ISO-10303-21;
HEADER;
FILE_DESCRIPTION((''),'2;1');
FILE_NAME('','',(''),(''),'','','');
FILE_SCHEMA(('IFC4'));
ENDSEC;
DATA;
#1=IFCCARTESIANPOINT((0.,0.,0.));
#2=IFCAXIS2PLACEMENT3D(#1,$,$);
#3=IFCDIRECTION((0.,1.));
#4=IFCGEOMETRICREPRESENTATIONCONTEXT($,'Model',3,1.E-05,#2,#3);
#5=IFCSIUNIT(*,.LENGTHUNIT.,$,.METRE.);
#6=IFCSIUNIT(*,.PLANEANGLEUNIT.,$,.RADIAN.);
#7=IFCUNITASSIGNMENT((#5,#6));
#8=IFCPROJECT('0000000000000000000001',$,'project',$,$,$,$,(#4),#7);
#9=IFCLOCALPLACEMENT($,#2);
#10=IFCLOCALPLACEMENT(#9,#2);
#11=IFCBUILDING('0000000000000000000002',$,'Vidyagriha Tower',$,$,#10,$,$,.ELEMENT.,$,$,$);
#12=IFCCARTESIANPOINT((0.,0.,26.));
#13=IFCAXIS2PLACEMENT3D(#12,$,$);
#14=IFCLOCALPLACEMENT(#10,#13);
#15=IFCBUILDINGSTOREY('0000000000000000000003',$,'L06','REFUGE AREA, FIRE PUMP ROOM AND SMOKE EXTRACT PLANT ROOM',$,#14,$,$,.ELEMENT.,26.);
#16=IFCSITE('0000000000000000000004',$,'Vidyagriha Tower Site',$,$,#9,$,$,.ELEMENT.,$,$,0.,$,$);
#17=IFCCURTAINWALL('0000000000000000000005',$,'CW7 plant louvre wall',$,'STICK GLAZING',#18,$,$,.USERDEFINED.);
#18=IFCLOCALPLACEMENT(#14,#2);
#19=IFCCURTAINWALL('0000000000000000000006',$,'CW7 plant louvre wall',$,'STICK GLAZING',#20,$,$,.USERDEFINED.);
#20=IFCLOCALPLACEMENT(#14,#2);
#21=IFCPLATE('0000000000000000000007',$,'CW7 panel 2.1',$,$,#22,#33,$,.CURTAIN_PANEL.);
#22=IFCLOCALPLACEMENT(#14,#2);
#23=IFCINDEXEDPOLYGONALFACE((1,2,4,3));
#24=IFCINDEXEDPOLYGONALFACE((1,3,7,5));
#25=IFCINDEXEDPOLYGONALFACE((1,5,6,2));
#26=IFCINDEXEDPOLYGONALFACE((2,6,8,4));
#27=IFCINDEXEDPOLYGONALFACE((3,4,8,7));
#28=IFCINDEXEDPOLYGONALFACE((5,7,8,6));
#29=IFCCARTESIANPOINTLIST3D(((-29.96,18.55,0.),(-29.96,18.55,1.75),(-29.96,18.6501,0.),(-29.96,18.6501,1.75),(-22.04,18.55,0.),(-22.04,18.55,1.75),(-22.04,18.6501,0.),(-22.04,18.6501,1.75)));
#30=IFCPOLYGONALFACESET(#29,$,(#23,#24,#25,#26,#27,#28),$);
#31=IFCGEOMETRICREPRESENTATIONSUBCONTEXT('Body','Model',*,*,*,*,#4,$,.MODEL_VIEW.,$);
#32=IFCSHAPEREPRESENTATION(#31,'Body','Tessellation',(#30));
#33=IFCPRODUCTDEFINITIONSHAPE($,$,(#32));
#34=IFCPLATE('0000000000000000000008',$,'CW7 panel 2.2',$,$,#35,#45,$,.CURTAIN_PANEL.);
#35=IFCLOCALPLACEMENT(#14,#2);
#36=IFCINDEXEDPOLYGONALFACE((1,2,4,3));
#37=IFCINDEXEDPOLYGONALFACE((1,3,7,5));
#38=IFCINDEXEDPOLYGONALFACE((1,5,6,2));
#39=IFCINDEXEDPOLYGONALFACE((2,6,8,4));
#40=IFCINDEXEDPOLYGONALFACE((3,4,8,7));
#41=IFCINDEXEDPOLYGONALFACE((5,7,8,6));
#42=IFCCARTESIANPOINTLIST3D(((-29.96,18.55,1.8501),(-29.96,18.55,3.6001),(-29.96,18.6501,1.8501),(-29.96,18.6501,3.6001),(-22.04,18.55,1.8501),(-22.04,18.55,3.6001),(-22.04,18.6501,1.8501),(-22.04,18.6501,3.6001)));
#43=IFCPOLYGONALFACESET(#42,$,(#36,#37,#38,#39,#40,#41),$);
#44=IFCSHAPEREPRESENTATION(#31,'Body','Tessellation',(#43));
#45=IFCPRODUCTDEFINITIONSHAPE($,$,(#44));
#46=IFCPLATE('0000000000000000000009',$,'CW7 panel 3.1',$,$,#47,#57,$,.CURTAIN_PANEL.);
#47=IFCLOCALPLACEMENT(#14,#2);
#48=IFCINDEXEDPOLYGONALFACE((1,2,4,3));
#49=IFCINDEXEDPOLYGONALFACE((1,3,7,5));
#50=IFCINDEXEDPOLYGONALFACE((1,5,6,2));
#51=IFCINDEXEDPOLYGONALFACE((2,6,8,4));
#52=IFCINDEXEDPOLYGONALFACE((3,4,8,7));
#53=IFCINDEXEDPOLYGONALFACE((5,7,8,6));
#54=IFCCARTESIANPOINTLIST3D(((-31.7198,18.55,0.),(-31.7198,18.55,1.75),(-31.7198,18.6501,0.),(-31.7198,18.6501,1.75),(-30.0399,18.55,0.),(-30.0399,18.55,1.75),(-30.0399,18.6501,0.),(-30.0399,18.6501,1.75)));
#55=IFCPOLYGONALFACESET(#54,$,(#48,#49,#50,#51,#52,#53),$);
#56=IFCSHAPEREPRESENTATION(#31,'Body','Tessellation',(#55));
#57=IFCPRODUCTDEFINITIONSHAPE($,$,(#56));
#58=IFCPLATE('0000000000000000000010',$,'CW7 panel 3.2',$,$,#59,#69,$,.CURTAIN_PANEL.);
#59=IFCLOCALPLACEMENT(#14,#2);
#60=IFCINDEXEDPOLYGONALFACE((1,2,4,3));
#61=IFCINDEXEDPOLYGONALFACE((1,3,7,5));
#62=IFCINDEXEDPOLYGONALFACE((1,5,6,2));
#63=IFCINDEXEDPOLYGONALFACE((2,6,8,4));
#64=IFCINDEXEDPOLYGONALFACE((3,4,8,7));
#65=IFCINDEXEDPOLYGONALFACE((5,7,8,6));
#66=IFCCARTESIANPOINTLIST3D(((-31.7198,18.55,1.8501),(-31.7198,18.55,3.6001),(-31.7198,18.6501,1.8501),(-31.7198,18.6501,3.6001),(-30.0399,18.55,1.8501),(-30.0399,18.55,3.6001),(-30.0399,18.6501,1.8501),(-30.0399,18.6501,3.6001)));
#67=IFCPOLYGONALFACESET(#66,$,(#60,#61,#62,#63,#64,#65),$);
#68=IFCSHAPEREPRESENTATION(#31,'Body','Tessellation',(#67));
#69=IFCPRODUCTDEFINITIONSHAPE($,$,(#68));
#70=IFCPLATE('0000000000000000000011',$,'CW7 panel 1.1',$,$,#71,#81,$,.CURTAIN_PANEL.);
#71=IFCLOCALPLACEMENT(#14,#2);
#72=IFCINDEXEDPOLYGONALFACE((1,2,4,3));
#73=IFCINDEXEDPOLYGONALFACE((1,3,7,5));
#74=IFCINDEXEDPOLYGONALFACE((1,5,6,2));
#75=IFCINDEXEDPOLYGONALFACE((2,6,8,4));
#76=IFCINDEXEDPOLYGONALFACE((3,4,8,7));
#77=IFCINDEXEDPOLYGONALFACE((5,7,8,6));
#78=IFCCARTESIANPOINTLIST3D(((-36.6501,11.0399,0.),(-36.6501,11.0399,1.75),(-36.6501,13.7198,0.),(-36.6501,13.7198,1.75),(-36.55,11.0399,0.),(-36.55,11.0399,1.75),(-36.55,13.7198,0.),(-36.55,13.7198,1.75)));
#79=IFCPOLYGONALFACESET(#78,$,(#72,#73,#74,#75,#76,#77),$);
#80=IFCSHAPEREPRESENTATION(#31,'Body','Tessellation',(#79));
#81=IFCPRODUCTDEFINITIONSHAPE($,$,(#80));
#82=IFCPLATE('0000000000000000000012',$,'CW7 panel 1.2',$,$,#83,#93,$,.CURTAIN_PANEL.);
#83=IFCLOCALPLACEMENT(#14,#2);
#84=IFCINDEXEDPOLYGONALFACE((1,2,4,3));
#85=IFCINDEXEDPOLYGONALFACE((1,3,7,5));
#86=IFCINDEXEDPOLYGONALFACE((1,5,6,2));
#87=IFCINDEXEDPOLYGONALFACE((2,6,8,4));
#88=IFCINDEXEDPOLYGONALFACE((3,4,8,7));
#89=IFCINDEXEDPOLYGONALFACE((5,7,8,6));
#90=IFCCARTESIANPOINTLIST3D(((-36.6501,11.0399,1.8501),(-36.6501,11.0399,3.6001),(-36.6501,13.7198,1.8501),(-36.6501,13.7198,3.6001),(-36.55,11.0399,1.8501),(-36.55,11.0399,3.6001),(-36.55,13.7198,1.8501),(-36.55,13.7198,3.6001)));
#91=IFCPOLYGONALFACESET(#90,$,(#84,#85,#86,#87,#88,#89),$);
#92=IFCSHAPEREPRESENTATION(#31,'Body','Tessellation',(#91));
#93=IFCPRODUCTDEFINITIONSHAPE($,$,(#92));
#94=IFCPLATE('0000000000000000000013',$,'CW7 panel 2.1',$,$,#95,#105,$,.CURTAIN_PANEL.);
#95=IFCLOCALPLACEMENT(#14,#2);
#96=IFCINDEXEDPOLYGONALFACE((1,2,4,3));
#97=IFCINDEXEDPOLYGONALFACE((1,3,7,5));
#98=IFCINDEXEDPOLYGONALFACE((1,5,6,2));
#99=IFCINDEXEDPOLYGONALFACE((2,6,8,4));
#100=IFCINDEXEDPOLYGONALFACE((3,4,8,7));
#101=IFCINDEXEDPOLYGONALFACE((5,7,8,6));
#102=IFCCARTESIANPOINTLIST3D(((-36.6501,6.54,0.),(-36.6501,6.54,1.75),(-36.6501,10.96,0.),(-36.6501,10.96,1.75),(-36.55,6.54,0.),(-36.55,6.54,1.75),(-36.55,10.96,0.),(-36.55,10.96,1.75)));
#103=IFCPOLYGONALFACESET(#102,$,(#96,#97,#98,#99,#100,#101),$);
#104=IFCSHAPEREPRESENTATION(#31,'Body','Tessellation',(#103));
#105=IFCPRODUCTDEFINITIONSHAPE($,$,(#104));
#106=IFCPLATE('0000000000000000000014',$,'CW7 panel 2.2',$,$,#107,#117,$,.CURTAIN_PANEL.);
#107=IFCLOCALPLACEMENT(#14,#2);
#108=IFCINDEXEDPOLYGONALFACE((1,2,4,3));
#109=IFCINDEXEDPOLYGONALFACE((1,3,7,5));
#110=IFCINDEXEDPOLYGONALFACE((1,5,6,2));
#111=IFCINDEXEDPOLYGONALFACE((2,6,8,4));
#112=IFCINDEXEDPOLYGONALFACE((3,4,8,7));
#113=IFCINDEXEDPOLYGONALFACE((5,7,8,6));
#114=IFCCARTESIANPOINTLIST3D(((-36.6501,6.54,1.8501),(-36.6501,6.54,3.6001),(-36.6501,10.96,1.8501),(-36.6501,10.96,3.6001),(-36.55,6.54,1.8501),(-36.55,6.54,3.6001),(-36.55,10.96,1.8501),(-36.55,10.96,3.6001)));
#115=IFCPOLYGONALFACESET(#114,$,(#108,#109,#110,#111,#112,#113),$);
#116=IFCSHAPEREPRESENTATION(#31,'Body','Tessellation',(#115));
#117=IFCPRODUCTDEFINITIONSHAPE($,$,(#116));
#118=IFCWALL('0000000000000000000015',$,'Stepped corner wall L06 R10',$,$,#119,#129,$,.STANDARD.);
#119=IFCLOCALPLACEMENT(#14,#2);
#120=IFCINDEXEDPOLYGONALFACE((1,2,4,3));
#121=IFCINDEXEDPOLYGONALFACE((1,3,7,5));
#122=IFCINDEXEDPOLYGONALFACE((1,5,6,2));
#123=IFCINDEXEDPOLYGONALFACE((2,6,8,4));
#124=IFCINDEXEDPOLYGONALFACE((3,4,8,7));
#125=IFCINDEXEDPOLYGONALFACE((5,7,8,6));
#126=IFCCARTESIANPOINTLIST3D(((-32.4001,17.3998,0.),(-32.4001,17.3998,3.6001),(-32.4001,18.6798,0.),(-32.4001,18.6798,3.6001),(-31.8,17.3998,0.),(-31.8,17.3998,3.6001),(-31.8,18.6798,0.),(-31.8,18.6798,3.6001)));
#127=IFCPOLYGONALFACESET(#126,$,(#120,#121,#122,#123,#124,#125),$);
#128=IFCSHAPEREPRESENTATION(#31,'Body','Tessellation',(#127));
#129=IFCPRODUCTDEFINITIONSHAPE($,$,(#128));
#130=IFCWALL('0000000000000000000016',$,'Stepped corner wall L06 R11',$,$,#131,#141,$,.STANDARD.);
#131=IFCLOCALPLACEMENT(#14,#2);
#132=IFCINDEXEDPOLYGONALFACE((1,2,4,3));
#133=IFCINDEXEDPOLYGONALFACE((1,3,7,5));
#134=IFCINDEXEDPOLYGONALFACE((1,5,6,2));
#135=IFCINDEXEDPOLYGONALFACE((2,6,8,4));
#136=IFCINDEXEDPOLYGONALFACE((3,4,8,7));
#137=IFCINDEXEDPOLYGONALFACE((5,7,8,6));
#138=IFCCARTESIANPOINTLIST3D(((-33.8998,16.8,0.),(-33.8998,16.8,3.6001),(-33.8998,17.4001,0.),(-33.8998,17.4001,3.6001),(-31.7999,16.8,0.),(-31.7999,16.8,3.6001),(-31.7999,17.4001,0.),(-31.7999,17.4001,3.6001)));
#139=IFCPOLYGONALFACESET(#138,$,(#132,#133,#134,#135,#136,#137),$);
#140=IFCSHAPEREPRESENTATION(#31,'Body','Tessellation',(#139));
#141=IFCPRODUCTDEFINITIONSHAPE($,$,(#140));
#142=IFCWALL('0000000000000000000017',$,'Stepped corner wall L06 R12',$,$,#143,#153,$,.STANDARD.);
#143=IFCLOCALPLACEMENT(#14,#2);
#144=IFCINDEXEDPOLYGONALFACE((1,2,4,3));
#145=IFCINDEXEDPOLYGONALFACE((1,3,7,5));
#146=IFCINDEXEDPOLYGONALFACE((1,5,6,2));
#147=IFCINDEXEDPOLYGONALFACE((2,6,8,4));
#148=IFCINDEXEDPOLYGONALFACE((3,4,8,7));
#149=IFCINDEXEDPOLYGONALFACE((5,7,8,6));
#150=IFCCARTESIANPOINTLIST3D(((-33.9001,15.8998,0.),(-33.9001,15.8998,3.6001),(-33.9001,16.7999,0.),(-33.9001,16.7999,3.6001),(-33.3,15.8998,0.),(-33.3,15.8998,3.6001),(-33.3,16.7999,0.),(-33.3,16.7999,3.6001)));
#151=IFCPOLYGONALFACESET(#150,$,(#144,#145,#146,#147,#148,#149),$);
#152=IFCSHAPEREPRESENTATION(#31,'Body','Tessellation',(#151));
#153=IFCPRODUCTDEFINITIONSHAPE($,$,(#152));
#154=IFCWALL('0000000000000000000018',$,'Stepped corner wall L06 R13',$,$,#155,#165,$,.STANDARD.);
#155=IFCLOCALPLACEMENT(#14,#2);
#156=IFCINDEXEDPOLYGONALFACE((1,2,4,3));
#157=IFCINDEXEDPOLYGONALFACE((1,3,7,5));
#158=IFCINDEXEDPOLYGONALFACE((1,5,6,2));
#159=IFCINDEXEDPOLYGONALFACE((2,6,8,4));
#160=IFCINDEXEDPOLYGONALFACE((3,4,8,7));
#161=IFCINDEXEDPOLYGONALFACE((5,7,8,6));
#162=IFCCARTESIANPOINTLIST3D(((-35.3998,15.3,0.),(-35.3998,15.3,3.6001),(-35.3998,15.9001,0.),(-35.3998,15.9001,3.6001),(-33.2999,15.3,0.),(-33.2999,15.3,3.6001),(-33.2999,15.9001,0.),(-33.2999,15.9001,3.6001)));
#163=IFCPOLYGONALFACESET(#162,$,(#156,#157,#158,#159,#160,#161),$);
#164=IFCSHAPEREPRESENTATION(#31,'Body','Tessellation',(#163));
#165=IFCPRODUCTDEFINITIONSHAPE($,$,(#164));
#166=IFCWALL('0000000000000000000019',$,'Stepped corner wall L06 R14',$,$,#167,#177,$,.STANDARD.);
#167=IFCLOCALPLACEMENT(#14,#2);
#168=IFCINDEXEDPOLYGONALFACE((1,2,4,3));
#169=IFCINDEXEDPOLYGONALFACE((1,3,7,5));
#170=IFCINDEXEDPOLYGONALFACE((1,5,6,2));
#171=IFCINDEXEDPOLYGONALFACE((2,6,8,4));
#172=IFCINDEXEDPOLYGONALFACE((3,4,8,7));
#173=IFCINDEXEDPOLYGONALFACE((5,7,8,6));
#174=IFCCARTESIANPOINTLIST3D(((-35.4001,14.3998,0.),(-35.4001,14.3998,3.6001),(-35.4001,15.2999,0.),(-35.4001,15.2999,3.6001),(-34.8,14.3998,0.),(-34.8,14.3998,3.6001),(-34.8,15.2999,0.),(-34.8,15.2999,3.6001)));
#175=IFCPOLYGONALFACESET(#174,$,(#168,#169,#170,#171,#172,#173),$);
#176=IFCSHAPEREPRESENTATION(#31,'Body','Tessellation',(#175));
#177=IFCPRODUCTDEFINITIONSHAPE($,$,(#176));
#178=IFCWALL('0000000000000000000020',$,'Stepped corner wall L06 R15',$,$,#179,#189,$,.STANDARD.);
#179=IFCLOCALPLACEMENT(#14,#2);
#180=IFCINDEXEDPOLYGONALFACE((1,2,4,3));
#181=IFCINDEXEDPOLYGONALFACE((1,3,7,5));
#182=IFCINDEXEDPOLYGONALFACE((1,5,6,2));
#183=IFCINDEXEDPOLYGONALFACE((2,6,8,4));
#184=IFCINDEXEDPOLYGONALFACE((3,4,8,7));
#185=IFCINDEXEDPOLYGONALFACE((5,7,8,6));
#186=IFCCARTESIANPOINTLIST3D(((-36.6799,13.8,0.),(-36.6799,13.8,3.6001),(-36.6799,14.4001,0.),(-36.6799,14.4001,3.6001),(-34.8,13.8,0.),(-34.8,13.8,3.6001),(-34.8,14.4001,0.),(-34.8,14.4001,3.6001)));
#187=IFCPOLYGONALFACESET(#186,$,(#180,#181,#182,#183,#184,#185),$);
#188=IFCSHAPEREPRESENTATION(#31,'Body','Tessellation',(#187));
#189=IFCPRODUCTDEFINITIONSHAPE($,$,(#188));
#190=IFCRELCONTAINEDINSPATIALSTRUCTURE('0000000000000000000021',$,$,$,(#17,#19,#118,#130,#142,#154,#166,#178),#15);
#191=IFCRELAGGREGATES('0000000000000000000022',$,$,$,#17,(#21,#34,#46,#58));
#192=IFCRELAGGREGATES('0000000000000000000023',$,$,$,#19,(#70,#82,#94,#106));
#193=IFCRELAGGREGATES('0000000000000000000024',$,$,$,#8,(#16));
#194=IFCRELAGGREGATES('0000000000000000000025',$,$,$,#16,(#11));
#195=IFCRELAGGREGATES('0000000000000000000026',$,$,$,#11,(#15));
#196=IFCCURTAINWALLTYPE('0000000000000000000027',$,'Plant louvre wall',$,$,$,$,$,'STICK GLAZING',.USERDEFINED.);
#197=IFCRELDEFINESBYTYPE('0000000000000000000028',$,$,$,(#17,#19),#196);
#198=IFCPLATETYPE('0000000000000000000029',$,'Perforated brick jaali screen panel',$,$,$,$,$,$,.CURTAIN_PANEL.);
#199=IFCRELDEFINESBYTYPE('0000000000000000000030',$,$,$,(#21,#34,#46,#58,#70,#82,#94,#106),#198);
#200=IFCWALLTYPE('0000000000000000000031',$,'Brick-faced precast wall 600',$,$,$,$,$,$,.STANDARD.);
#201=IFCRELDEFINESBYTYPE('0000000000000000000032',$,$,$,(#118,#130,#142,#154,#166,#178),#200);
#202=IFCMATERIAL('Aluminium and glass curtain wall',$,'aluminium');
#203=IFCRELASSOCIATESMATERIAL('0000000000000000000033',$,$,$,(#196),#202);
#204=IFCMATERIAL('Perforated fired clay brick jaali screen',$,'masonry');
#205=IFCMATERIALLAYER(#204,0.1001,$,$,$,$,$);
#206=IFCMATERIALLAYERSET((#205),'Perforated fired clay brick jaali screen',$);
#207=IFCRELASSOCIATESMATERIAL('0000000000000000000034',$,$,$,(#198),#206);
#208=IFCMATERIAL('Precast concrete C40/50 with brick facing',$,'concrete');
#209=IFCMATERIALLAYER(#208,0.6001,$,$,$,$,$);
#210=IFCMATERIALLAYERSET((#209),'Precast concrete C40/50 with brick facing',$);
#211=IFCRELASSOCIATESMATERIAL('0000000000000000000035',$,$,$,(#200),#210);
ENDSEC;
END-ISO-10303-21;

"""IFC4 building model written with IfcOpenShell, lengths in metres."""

from ifc_helpers import new_model, si_unit, direction, frame, frame_2d, origin, origin_2d, place, context, subcontext, project, spatial, rectangle, extrude, material, layer, layer_set, type_object, element, aggregate, save


model = new_model("IFC4")

# Units and contexts
model_context = context("Model", 3, precision=1e-05, world=origin(), true_north=direction((0.0, 1.0)))
body_context = subcontext(model_context, "Body", "Model", "MODEL_VIEW")
ifc_project = project(units=[si_unit("LENGTHUNIT", "METRE"), si_unit("PLANEANGLEUNIT", "RADIAN")], contexts=[model_context])

# Site, building, storey
site_placement = place(None, origin())
site = spatial("IfcSite", under=ifc_project, at=site_placement, Name="Vidyagriha Tower Site", CompositionType="ELEMENT", RefElevation=0.0)
building_placement = place(site_placement, origin())
building = spatial("IfcBuilding", under=site, at=building_placement, Name="Vidyagriha Tower", CompositionType="ELEMENT")
storey_placement = place(building_placement, frame((0.0, 0.0, 26.0)))
storey = spatial("IfcBuildingStorey", under=building, at=storey_placement, Name="L06", Description="REFUGE AREA, FIRE PUMP ROOM AND SMOKE EXTRACT PLANT ROOM", CompositionType="ELEMENT", Elevation=26.0)

# Curtain walls
ifc_material_1 = material(Name="Aluminium and glass curtain wall", Category="aluminium")
curtain_wall_type = type_object("IfcCurtainWallType", Name="Plant louvre wall", ElementType="STICK GLAZING", PredefinedType="USERDEFINED", material=ifc_material_1)
curtain_wall_1_placement = place(storey_placement, origin())
curtain_wall_1 = element("IfcCurtainWall", 1, at=curtain_wall_1_placement, inside=storey, type_object=curtain_wall_type, Name="CW7 plant louvre wall", ObjectType="STICK GLAZING", PredefinedType="USERDEFINED")
curtain_wall_2_placement = place(storey_placement, origin())
curtain_wall_2 = element("IfcCurtainWall", 2, at=curtain_wall_2_placement, inside=storey, type_object=curtain_wall_type, Name="CW7 plant louvre wall", ObjectType="STICK GLAZING", PredefinedType="USERDEFINED")

# Plates
ifc_material_2 = material(Name="Perforated fired clay brick jaali screen", Category="masonry")
ifc_layer_1 = layer(ifc_material_2, 0.1001)
ifc_layer_set_1 = layer_set([ifc_layer_1], Name="Perforated fired clay brick jaali screen")
plate_type = type_object("IfcPlateType", Name="Perforated brick jaali screen panel", PredefinedType="CURTAIN_PANEL", material=ifc_layer_set_1)
plate_1_placement = place(storey_placement, frame((-26.0, 18.6001, 0.0), z_axis=(0.0, 0.0, 1.0), x_axis=(-1.0, 0.0, 0.0)))
plate_1 = element("IfcPlate", 3, at=plate_1_placement, type_object=plate_type, Name="CW7 panel 2.1", PredefinedType="CURTAIN_PANEL", context=body_context, shape_type="SweptSolid", body=[
    extrude(rectangle(XDim=7.9199, YDim=0.1001, at=origin_2d()), origin(), (0.0, 0.0, 1.0), 1.75),
])
plate_2_placement = place(storey_placement, frame((-26.0, 18.6001, 1.8501), z_axis=(0.0, 0.0, 1.0), x_axis=(-1.0, 0.0, 0.0)))
plate_2 = element("IfcPlate", 4, at=plate_2_placement, type_object=plate_type, Name="CW7 panel 2.2", PredefinedType="CURTAIN_PANEL", context=body_context, shape_type="SweptSolid", body=[
    extrude(rectangle(XDim=7.9199, YDim=0.1001, at=origin_2d()), origin(), (0.0, 0.0, 1.0), 1.75),
])
plate_3_placement = place(storey_placement, frame((-30.8799, 18.6001, 0.0), z_axis=(0.0, 0.0, 1.0), x_axis=(-1.0, 0.0, 0.0)))
plate_3 = element("IfcPlate", 5, at=plate_3_placement, type_object=plate_type, Name="CW7 panel 3.1", PredefinedType="CURTAIN_PANEL", context=body_context, shape_type="SweptSolid", body=[
    extrude(rectangle(XDim=1.6799, YDim=0.1001, at=origin_2d()), origin(), (0.0, 0.0, 1.0), 1.75),
])
plate_4_placement = place(storey_placement, frame((-30.8799, 18.6001, 1.8501), z_axis=(0.0, 0.0, 1.0), x_axis=(-1.0, 0.0, 0.0)))
plate_4 = element("IfcPlate", 6, at=plate_4_placement, type_object=plate_type, Name="CW7 panel 3.2", PredefinedType="CURTAIN_PANEL", context=body_context, shape_type="SweptSolid", body=[
    extrude(rectangle(XDim=1.6799, YDim=0.1001, at=origin_2d()), origin(), (0.0, 0.0, 1.0), 1.75),
])
aggregate(curtain_wall_1, [plate_1, plate_2, plate_3, plate_4])
plate_5_placement = place(storey_placement, frame((-36.6001, 12.3799, 0.0), z_axis=(0.0, 0.0, 1.0), x_axis=(0.0, -1.0, 0.0)))
plate_5 = element("IfcPlate", 7, at=plate_5_placement, type_object=plate_type, Name="CW7 panel 1.1", PredefinedType="CURTAIN_PANEL", context=body_context, shape_type="SweptSolid", body=[
    extrude(rectangle(XDim=2.6799, YDim=0.1001, at=origin_2d()), origin(), (0.0, 0.0, 1.0), 1.75),
])
plate_6_placement = place(storey_placement, frame((-36.6001, 12.3799, 1.8501), z_axis=(0.0, 0.0, 1.0), x_axis=(0.0, -1.0, 0.0)))
plate_6 = element("IfcPlate", 8, at=plate_6_placement, type_object=plate_type, Name="CW7 panel 1.2", PredefinedType="CURTAIN_PANEL", context=body_context, shape_type="SweptSolid", body=[
    extrude(rectangle(XDim=2.6799, YDim=0.1001, at=origin_2d()), origin(), (0.0, 0.0, 1.0), 1.75),
])
plate_7_placement = place(storey_placement, frame((-36.6001, 8.75, 0.0), z_axis=(0.0, 0.0, 1.0), x_axis=(0.0, -1.0, 0.0)))
plate_7 = element("IfcPlate", 9, at=plate_7_placement, type_object=plate_type, Name="CW7 panel 2.1", PredefinedType="CURTAIN_PANEL", context=body_context, shape_type="SweptSolid", body=[
    extrude(rectangle(XDim=4.4199, YDim=0.1001, at=origin_2d()), origin(), (0.0, 0.0, 1.0), 1.75),
])
plate_8_placement = place(storey_placement, frame((-36.6001, 8.75, 1.8501), z_axis=(0.0, 0.0, 1.0), x_axis=(0.0, -1.0, 0.0)))
plate_8 = element("IfcPlate", 10, at=plate_8_placement, type_object=plate_type, Name="CW7 panel 2.2", PredefinedType="CURTAIN_PANEL", context=body_context, shape_type="SweptSolid", body=[
    extrude(rectangle(XDim=4.4199, YDim=0.1001, at=origin_2d()), origin(), (0.0, 0.0, 1.0), 1.75),
])
aggregate(curtain_wall_2, [plate_5, plate_6, plate_7, plate_8])

# Walls
ifc_material_3 = material(Name="Precast concrete C40/50 with brick facing", Category="concrete")
ifc_layer_2 = layer(ifc_material_3, 0.6001)
ifc_layer_set_2 = layer_set([ifc_layer_2], Name="Precast concrete C40/50 with brick facing")
wall_type = type_object("IfcWallType", Name="Brick-faced precast wall 600", PredefinedType="STANDARD", material=ifc_layer_set_2)
wall_1_placement = place(storey_placement, frame((-32.1001, 18.6799, 0.0), z_axis=(0.0, 0.0, 1.0), x_axis=(0.0, -1.0, 0.0)))
element("IfcWall", 11, at=wall_1_placement, inside=storey, type_object=wall_type, Name="Stepped corner wall L06 R10", PredefinedType="STANDARD", context=body_context, shape_type="SweptSolid", body=[
    extrude(rectangle(XDim=1.28, YDim=0.6001, at=frame_2d((0.6401, 0.0))), origin(), (0.0, 0.0, 1.0), 3.6001),
])
wall_2_placement = place(storey_placement, frame((-31.8, 17.1001, 0.0), z_axis=(0.0, 0.0, 1.0), x_axis=(-1.0, 0.0, 0.0)))
element("IfcWall", 12, at=wall_2_placement, inside=storey, type_object=wall_type, Name="Stepped corner wall L06 R11", PredefinedType="STANDARD", context=body_context, shape_type="SweptSolid", body=[
    extrude(rectangle(XDim=2.0999, YDim=0.6001, at=frame_2d((1.0498, 0.0))), origin(), (0.0, 0.0, 1.0), 3.6001),
])
wall_3_placement = place(storey_placement, frame((-33.6001, 16.8, 0.0), z_axis=(0.0, 0.0, 1.0), x_axis=(0.0, -1.0, 0.0)))
element("IfcWall", 13, at=wall_3_placement, inside=storey, type_object=wall_type, Name="Stepped corner wall L06 R12", PredefinedType="STANDARD", context=body_context, shape_type="SweptSolid", body=[
    extrude(rectangle(XDim=0.9001, YDim=0.6001, at=frame_2d((0.4502, 0.0))), origin(), (0.0, 0.0, 1.0), 3.6001),
])
wall_4_placement = place(storey_placement, frame((-33.3, 15.6001, 0.0), z_axis=(0.0, 0.0, 1.0), x_axis=(-1.0, 0.0, 0.0)))
element("IfcWall", 14, at=wall_4_placement, inside=storey, type_object=wall_type, Name="Stepped corner wall L06 R13", PredefinedType="STANDARD", context=body_context, shape_type="SweptSolid", body=[
    extrude(rectangle(XDim=2.0999, YDim=0.6001, at=frame_2d((1.0498, 0.0))), origin(), (0.0, 0.0, 1.0), 3.6001),
])
wall_5_placement = place(storey_placement, frame((-35.1001, 15.3, 0.0), z_axis=(0.0, 0.0, 1.0), x_axis=(0.0, -1.0, 0.0)))
element("IfcWall", 15, at=wall_5_placement, inside=storey, type_object=wall_type, Name="Stepped corner wall L06 R14", PredefinedType="STANDARD", context=body_context, shape_type="SweptSolid", body=[
    extrude(rectangle(XDim=0.9001, YDim=0.6001, at=frame_2d((0.4502, 0.0))), origin(), (0.0, 0.0, 1.0), 3.6001),
])
wall_6_placement = place(storey_placement, frame((-34.8, 14.1001, 0.0), z_axis=(0.0, 0.0, 1.0), x_axis=(-1.0, 0.0, 0.0)))
element("IfcWall", 16, at=wall_6_placement, inside=storey, type_object=wall_type, Name="Stepped corner wall L06 R15", PredefinedType="STANDARD", context=body_context, shape_type="SweptSolid", body=[
    extrude(rectangle(XDim=1.8799, YDim=0.6001, at=frame_2d((0.9399, 0.0))), origin(), (0.0, 0.0, 1.0), 3.6001),
])

save(model, "model.ifc")
